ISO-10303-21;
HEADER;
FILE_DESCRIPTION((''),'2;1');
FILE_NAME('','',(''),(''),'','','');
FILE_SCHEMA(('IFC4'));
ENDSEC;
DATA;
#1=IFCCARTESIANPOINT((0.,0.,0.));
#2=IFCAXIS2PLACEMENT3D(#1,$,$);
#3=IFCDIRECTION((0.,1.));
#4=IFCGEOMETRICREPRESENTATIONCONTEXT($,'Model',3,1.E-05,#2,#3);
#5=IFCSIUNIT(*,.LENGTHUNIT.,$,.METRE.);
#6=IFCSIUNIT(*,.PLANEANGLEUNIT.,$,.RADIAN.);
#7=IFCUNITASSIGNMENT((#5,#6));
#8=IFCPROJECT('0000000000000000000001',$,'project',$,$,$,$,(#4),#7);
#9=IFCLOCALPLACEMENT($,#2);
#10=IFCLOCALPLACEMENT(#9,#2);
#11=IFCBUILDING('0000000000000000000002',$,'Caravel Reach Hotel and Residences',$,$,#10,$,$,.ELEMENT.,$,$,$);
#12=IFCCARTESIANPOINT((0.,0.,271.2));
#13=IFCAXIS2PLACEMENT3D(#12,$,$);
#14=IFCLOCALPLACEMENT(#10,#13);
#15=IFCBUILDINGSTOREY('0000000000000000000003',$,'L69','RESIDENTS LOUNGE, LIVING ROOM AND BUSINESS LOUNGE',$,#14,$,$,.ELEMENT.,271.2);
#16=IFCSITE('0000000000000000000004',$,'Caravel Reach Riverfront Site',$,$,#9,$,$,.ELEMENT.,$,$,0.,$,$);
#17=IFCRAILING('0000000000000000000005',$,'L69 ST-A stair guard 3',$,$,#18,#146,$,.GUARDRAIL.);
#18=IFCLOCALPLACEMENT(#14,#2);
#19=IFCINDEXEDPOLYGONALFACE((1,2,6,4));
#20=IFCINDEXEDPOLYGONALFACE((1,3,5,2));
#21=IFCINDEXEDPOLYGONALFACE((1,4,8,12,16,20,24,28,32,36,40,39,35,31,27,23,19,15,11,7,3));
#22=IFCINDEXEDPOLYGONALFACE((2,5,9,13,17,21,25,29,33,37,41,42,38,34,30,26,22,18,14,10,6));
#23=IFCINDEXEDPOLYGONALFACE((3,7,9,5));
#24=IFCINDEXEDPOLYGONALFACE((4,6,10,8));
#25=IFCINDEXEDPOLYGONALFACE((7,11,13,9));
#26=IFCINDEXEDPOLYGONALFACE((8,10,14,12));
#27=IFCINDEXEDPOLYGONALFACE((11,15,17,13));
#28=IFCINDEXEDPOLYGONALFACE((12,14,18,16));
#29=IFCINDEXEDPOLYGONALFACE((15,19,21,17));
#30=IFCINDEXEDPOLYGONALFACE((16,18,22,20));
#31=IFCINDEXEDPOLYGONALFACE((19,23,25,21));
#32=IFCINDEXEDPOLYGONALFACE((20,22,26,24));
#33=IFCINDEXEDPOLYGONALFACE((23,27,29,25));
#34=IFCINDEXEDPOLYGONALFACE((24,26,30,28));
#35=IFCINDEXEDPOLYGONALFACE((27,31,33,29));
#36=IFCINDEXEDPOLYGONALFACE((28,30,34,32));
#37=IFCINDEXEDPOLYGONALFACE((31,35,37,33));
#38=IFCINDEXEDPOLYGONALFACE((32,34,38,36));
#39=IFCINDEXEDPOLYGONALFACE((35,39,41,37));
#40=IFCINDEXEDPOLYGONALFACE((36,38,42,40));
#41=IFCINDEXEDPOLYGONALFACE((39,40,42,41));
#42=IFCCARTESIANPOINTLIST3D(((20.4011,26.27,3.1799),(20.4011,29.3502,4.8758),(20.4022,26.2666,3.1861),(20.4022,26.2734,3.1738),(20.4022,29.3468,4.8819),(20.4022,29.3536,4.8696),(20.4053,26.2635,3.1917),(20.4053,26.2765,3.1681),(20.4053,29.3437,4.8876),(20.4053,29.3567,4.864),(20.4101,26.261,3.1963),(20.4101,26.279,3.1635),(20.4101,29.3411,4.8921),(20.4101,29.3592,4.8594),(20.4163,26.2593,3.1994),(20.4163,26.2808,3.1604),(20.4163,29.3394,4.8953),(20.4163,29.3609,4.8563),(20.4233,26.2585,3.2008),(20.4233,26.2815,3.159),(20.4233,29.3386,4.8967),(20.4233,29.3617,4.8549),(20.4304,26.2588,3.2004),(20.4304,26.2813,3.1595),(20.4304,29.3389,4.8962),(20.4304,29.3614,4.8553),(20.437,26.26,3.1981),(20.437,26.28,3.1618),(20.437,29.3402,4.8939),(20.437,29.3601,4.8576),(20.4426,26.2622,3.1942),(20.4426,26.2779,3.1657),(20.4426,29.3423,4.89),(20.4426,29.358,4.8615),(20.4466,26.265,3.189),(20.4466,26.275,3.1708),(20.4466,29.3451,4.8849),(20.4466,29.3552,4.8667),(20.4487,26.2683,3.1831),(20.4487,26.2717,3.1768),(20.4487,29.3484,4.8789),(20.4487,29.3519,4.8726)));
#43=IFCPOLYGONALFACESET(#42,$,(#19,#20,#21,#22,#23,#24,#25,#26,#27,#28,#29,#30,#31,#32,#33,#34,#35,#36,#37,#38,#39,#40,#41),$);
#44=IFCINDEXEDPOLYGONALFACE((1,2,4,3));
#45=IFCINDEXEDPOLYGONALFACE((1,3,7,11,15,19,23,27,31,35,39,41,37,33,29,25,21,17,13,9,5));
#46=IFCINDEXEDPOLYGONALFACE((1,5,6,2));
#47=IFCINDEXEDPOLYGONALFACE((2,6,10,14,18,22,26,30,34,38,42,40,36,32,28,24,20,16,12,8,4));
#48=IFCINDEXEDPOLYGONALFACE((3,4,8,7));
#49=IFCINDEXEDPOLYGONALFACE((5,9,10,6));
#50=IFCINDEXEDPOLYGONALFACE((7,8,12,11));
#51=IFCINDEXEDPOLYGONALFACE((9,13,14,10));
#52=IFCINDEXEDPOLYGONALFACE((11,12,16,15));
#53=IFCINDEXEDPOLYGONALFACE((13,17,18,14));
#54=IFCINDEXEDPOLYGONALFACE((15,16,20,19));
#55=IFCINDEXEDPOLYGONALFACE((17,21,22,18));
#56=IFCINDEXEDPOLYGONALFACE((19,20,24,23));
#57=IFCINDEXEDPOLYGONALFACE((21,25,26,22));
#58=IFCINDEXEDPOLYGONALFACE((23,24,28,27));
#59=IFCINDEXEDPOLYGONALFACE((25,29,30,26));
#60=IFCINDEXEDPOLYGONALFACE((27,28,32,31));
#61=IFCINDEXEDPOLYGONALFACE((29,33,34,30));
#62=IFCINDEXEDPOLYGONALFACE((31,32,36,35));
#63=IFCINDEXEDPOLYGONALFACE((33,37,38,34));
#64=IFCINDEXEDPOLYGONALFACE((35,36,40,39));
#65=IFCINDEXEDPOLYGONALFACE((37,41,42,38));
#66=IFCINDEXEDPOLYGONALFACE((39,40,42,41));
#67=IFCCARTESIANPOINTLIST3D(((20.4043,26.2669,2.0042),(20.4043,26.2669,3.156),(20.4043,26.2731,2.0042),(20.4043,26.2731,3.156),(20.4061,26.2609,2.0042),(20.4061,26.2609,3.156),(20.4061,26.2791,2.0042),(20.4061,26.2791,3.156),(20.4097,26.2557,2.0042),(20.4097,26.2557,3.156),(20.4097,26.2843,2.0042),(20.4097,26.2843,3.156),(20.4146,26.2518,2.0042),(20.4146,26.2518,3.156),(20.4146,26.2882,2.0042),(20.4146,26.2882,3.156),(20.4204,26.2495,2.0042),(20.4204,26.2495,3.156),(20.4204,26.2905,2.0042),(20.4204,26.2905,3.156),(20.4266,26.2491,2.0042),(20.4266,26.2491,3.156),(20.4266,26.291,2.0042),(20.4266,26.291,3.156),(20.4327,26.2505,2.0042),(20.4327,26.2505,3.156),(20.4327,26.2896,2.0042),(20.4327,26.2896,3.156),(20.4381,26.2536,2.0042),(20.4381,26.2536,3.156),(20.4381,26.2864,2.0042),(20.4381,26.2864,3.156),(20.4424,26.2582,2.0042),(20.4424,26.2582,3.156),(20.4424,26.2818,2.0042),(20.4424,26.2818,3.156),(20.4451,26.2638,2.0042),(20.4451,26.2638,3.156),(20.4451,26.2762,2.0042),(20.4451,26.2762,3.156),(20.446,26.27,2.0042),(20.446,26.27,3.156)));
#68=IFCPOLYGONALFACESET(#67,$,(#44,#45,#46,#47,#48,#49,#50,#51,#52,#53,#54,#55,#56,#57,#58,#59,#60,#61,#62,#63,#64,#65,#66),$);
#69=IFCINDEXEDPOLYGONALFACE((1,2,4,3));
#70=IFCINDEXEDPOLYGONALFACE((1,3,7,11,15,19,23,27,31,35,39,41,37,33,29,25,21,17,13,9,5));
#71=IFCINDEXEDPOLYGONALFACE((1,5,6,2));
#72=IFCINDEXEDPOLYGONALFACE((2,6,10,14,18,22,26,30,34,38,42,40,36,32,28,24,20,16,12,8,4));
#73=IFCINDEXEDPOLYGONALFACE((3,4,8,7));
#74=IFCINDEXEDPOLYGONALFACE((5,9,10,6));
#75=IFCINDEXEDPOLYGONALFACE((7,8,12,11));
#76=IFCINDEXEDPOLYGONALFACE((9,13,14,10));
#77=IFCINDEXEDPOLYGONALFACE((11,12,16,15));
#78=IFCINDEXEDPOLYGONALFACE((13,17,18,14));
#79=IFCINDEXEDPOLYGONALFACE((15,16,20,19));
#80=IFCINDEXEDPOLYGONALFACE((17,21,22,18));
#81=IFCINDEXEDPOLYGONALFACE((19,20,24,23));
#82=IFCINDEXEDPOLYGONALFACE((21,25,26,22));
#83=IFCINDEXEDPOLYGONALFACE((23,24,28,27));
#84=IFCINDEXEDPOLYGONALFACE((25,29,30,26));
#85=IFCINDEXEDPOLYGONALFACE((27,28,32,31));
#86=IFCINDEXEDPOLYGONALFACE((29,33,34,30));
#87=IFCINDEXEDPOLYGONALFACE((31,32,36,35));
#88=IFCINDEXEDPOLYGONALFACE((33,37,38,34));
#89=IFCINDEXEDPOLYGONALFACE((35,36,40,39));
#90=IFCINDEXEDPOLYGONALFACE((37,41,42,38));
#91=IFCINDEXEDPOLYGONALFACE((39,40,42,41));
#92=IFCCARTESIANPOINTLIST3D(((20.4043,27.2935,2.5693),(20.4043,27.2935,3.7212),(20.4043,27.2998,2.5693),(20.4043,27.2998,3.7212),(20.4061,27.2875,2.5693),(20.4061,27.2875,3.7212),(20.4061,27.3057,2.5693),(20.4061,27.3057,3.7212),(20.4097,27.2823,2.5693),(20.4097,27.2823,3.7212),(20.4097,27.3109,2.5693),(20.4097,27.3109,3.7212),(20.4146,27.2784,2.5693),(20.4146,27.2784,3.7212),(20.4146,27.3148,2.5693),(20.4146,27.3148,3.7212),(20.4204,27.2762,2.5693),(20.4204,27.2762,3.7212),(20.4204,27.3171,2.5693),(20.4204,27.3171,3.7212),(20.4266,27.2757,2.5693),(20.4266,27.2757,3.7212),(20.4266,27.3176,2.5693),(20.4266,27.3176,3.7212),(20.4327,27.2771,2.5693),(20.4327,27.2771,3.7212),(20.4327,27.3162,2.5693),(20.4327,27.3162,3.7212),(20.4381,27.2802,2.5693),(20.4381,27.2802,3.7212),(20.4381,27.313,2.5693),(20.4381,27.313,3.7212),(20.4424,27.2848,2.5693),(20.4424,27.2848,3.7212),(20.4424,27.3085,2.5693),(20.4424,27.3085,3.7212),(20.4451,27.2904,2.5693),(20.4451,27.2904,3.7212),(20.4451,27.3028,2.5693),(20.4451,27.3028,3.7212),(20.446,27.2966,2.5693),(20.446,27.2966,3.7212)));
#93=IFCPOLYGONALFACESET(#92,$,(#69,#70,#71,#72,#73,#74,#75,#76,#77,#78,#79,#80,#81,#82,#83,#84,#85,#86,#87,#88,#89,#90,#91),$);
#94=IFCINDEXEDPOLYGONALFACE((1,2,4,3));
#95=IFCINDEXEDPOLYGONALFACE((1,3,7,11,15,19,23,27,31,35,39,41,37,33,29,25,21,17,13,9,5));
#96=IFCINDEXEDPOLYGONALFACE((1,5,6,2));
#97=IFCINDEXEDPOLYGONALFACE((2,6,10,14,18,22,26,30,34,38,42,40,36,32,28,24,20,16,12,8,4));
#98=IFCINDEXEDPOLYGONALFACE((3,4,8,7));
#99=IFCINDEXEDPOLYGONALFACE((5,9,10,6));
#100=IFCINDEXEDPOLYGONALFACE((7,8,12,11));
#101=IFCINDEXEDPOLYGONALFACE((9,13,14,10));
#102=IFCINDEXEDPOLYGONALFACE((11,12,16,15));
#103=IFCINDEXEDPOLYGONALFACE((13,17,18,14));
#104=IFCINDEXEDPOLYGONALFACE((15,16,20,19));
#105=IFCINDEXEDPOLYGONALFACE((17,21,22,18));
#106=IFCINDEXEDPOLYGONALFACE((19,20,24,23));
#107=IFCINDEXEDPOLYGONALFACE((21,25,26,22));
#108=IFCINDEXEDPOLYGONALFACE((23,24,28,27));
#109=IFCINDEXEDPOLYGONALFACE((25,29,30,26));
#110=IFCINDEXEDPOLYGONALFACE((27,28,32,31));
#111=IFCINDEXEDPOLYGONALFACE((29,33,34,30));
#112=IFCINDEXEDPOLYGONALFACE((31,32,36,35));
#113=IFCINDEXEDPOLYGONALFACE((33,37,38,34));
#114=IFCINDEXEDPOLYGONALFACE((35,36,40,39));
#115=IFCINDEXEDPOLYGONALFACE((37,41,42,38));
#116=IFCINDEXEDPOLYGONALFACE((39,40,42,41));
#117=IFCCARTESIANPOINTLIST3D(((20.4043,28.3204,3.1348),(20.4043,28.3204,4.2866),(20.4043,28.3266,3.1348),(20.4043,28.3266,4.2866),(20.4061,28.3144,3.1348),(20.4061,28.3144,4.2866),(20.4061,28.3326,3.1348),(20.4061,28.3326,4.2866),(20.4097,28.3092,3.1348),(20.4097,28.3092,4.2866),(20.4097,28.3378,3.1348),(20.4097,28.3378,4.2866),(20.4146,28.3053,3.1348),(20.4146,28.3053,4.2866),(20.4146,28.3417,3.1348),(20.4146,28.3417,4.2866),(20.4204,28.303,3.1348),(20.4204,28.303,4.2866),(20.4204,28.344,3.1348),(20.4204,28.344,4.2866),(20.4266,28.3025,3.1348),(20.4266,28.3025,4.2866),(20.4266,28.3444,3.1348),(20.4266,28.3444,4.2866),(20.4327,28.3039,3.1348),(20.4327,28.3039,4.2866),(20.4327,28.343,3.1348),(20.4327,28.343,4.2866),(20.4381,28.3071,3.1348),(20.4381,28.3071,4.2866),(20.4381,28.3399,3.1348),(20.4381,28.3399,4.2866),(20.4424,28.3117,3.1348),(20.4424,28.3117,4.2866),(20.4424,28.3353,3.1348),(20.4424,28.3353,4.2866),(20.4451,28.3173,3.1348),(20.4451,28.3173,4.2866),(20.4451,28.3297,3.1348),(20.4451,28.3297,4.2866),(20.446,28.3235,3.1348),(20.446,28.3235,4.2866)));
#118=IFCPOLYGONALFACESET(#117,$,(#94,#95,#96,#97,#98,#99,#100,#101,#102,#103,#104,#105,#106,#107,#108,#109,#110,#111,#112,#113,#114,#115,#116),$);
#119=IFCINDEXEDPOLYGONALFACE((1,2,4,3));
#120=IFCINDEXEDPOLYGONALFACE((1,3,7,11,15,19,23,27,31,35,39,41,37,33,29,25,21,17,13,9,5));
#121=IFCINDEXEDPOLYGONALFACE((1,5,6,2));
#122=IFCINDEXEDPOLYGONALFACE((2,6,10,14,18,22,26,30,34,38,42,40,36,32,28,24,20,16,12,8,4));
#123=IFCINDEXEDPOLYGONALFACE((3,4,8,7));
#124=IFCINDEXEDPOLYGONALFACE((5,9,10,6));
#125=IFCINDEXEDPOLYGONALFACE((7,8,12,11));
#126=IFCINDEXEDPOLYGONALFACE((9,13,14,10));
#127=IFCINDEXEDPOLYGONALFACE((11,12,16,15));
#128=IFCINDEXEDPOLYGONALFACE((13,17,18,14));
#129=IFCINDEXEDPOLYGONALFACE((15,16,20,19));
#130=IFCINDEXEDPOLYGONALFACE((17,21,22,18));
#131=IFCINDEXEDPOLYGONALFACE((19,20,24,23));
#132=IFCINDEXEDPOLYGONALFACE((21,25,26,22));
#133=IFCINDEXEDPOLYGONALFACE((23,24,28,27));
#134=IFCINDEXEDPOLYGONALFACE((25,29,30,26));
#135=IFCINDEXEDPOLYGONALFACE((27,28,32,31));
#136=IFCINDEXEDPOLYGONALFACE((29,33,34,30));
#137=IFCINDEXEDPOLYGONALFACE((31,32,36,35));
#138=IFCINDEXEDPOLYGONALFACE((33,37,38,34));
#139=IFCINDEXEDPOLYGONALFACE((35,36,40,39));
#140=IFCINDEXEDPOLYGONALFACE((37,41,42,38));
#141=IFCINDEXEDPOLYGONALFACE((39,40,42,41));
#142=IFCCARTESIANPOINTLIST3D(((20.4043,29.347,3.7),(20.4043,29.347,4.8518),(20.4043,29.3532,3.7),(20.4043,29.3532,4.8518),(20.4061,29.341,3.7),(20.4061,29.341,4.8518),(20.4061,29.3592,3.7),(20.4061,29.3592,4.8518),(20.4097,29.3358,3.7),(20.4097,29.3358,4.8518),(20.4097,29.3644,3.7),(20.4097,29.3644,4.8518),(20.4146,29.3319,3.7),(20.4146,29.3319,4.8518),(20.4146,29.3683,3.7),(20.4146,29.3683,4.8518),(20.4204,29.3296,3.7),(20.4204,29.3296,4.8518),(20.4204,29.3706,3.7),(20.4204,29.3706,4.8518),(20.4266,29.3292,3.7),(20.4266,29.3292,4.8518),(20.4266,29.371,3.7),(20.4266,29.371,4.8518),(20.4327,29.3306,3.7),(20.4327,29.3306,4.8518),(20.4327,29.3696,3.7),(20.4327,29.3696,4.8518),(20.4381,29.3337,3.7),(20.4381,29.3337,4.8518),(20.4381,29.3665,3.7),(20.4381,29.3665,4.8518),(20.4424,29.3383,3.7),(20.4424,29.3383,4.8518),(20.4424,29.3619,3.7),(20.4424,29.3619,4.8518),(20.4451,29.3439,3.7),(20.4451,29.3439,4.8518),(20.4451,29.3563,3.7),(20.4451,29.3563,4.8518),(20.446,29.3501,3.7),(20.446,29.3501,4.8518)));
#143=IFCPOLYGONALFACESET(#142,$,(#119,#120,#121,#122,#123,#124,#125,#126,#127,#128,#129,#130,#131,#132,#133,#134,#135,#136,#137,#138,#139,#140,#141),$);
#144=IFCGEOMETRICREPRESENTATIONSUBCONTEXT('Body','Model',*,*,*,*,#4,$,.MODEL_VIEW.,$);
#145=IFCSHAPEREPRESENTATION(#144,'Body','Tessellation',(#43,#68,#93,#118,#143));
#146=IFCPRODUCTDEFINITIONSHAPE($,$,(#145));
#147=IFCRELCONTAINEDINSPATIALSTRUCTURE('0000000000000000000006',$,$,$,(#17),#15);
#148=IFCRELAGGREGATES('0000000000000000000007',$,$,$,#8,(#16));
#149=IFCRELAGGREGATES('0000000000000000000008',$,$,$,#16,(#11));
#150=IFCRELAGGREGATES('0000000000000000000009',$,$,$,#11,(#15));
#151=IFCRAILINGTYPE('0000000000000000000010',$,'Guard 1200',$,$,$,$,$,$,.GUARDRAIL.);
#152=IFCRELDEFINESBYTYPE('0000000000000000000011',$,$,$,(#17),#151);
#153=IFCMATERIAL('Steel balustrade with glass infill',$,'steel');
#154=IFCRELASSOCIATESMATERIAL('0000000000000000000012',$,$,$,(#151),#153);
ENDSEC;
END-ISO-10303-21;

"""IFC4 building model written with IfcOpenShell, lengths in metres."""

from ifc_helpers import new_model, si_unit, direction, frame, origin, origin_2d, place, context, subcontext, project, spatial, circle, extrude, material, type_object, element, save


model = new_model("IFC4")

# Units and contexts
model_context = context("Model", 3, precision=1e-05, world=origin(), true_north=direction((0.0, 1.0)))
body_context = subcontext(model_context, "Body", "Model", "MODEL_VIEW")
ifc_project = project(units=[si_unit("LENGTHUNIT", "METRE"), si_unit("PLANEANGLEUNIT", "RADIAN")], contexts=[model_context])

# Site, building, storey
site_placement = place(None, origin())
site = spatial("IfcSite", under=ifc_project, at=site_placement, Name="Caravel Reach Riverfront Site", CompositionType="ELEMENT", RefElevation=0.0)
building_placement = place(site_placement, origin())
building = spatial("IfcBuilding", under=site, at=building_placement, Name="Caravel Reach Hotel and Residences", CompositionType="ELEMENT")
storey_placement = place(building_placement, frame((0.0, 0.0, 271.2)))
storey = spatial("IfcBuildingStorey", under=building, at=storey_placement, Name="L69", Description="RESIDENTS LOUNGE, LIVING ROOM AND BUSINESS LOUNGE", CompositionType="ELEMENT", Elevation=271.2)

# Railing
ifc_material_1 = material(Name="Steel balustrade with glass infill", Category="steel")
railing_type_1 = type_object("IfcRailingType", Name="Guard 1200", PredefinedType="GUARDRAIL", material=ifc_material_1)
railing_1_placement = place(storey_placement, frame((20.425, 26.27, 2.0042)))
element("IfcRailing", 1, at=railing_1_placement, inside=storey, type_object=railing_type_1, Name="L69 ST-A stair guard 3", PredefinedType="GUARDRAIL", context=body_context, shape_type="SweptSolid", body=[
    extrude(circle(Radius=0.0239, at=origin_2d()), frame((0.0, 0.0, 1.1758), z_axis=(0.0, 0.876005, 0.482303), x_axis=(-1.0, 0.0, 0.0)), (0.0, 0.0, 1.0), 3.5161),
    extrude(circle(Radius=0.021, at=origin_2d()), origin(), (0.0, 0.0, 1.0), 1.1519),
    extrude(circle(Radius=0.021, at=origin_2d()), frame((0.0, 1.0266, 0.5652)), (0.0, 0.0, 1.0), 1.1519),
    extrude(circle(Radius=0.021, at=origin_2d()), frame((0.0, 2.0535, 1.1306)), (0.0, 0.0, 1.0), 1.1519),
    extrude(circle(Radius=0.021, at=origin_2d()), frame((0.0, 3.0801, 1.6958)), (0.0, 0.0, 1.0), 1.1519),
])

save(model, "model.ifc")
